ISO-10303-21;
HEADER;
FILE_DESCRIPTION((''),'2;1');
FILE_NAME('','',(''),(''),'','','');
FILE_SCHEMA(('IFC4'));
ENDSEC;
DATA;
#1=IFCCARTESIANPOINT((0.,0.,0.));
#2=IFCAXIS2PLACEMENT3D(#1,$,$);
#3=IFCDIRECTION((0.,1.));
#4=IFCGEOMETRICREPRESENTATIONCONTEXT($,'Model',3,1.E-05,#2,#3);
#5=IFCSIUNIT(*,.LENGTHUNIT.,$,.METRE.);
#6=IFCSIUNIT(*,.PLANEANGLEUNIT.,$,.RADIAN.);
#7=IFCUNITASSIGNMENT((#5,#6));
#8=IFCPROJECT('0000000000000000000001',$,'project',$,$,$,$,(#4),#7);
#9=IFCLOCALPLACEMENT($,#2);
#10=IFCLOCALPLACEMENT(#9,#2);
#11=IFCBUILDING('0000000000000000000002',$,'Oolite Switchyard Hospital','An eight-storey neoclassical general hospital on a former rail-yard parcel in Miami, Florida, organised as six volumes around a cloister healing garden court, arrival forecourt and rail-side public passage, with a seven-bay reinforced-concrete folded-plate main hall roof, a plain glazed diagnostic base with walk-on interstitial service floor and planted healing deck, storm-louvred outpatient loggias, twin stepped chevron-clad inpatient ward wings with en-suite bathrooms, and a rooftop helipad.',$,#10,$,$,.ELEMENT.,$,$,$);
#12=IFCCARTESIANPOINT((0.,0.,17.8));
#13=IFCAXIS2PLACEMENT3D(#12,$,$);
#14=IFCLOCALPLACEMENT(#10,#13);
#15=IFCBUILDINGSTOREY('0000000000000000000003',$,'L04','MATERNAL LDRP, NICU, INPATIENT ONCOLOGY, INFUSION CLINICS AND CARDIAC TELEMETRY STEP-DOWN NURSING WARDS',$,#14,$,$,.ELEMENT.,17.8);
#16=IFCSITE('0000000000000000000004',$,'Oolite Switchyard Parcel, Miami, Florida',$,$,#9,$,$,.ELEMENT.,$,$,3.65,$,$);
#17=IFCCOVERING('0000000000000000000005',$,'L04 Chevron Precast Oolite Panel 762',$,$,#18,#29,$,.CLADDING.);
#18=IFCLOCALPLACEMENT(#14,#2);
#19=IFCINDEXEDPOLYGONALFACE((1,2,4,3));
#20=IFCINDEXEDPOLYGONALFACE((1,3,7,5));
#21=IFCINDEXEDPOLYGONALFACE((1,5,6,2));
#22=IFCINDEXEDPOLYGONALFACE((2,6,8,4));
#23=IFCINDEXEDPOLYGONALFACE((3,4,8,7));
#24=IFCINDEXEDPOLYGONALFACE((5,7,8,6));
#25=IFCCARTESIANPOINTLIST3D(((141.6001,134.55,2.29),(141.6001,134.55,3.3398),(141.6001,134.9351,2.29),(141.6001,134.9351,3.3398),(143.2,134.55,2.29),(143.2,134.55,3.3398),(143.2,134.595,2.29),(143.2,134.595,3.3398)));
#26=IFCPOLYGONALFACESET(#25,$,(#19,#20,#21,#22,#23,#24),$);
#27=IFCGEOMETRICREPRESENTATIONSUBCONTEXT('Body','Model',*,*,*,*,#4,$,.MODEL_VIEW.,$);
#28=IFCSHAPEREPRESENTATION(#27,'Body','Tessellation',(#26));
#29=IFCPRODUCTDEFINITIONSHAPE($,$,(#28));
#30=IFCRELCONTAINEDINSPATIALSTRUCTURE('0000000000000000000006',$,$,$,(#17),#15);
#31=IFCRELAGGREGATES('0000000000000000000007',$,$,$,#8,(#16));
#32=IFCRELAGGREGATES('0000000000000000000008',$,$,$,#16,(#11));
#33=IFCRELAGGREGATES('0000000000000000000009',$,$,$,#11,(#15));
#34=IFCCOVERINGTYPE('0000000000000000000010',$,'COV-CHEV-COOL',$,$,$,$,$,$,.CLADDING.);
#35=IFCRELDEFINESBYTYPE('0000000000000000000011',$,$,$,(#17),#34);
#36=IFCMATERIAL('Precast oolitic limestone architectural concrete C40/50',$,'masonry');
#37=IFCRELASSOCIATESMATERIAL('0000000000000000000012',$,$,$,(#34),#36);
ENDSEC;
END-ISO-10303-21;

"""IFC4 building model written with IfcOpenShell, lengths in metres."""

from ifc_helpers import new_model, si_unit, direction, frame, origin, place, context, subcontext, project, spatial, polyline, outline, extrude, material, type_object, element, save


model = new_model("IFC4")

# Units and contexts
model_context = context("Model", 3, precision=1e-05, world=origin(), true_north=direction((0.0, 1.0)))
body_context = subcontext(model_context, "Body", "Model", "MODEL_VIEW")
ifc_project = project(units=[si_unit("LENGTHUNIT", "METRE"), si_unit("PLANEANGLEUNIT", "RADIAN")], contexts=[model_context])

# Site, building, storey
site_placement = place(None, origin())
site = spatial("IfcSite", under=ifc_project, at=site_placement, Name="Oolite Switchyard Parcel, Miami, Florida", CompositionType="ELEMENT", RefElevation=3.65)
building_placement = place(site_placement, origin())
building = spatial("IfcBuilding", under=site, at=building_placement, Name="Oolite Switchyard Hospital", Description="An eight-storey neoclassical general hospital on a former rail-yard parcel in Miami, Florida, organised as six volumes around a cloister healing garden court, arrival forecourt and rail-side public passage, with a seven-bay reinforced-concrete folded-plate main hall roof, a plain glazed diagnostic base with walk-on interstitial service floor and planted healing deck, storm-louvred outpatient loggias, twin stepped chevron-clad inpatient ward wings with en-suite bathrooms, and a rooftop helipad.", CompositionType="ELEMENT")
storey_placement = place(building_placement, frame((0.0, 0.0, 17.8)))
storey = spatial("IfcBuildingStorey", under=building, at=storey_placement, Name="L04", Description="MATERNAL LDRP, NICU, INPATIENT ONCOLOGY, INFUSION CLINICS AND CARDIAC TELEMETRY STEP-DOWN NURSING WARDS", CompositionType="ELEMENT", Elevation=17.8)

# Shared definitions
ifc_material_1 = material(Name="Precast oolitic limestone architectural concrete C40/50", Category="masonry")

# Covering
covering_type = type_object("IfcCoveringType", Name="COV-CHEV-COOL", PredefinedType="CLADDING", material=ifc_material_1)
covering_1_placement = place(storey_placement, frame((141.6001, 134.55, 2.29), z_axis=(0.0, 0.0, 1.0), x_axis=(1.0, 0.0, 0.0)))
element("IfcCovering", 1, at=covering_1_placement, inside=storey, type_object=covering_type, Name="L04 Chevron Precast Oolite Panel 762", PredefinedType="CLADDING", context=body_context, shape_type="SweptSolid", body=[
    extrude(outline(polyline([(0.0, 0.0), (1.5999, 0.0), (1.5999, 0.0449), (0.0, 0.385), (0.0, 0.0)])), origin(), (0.0, 0.0, 1.0), 1.0498),
])

save(model, "model.ifc")
